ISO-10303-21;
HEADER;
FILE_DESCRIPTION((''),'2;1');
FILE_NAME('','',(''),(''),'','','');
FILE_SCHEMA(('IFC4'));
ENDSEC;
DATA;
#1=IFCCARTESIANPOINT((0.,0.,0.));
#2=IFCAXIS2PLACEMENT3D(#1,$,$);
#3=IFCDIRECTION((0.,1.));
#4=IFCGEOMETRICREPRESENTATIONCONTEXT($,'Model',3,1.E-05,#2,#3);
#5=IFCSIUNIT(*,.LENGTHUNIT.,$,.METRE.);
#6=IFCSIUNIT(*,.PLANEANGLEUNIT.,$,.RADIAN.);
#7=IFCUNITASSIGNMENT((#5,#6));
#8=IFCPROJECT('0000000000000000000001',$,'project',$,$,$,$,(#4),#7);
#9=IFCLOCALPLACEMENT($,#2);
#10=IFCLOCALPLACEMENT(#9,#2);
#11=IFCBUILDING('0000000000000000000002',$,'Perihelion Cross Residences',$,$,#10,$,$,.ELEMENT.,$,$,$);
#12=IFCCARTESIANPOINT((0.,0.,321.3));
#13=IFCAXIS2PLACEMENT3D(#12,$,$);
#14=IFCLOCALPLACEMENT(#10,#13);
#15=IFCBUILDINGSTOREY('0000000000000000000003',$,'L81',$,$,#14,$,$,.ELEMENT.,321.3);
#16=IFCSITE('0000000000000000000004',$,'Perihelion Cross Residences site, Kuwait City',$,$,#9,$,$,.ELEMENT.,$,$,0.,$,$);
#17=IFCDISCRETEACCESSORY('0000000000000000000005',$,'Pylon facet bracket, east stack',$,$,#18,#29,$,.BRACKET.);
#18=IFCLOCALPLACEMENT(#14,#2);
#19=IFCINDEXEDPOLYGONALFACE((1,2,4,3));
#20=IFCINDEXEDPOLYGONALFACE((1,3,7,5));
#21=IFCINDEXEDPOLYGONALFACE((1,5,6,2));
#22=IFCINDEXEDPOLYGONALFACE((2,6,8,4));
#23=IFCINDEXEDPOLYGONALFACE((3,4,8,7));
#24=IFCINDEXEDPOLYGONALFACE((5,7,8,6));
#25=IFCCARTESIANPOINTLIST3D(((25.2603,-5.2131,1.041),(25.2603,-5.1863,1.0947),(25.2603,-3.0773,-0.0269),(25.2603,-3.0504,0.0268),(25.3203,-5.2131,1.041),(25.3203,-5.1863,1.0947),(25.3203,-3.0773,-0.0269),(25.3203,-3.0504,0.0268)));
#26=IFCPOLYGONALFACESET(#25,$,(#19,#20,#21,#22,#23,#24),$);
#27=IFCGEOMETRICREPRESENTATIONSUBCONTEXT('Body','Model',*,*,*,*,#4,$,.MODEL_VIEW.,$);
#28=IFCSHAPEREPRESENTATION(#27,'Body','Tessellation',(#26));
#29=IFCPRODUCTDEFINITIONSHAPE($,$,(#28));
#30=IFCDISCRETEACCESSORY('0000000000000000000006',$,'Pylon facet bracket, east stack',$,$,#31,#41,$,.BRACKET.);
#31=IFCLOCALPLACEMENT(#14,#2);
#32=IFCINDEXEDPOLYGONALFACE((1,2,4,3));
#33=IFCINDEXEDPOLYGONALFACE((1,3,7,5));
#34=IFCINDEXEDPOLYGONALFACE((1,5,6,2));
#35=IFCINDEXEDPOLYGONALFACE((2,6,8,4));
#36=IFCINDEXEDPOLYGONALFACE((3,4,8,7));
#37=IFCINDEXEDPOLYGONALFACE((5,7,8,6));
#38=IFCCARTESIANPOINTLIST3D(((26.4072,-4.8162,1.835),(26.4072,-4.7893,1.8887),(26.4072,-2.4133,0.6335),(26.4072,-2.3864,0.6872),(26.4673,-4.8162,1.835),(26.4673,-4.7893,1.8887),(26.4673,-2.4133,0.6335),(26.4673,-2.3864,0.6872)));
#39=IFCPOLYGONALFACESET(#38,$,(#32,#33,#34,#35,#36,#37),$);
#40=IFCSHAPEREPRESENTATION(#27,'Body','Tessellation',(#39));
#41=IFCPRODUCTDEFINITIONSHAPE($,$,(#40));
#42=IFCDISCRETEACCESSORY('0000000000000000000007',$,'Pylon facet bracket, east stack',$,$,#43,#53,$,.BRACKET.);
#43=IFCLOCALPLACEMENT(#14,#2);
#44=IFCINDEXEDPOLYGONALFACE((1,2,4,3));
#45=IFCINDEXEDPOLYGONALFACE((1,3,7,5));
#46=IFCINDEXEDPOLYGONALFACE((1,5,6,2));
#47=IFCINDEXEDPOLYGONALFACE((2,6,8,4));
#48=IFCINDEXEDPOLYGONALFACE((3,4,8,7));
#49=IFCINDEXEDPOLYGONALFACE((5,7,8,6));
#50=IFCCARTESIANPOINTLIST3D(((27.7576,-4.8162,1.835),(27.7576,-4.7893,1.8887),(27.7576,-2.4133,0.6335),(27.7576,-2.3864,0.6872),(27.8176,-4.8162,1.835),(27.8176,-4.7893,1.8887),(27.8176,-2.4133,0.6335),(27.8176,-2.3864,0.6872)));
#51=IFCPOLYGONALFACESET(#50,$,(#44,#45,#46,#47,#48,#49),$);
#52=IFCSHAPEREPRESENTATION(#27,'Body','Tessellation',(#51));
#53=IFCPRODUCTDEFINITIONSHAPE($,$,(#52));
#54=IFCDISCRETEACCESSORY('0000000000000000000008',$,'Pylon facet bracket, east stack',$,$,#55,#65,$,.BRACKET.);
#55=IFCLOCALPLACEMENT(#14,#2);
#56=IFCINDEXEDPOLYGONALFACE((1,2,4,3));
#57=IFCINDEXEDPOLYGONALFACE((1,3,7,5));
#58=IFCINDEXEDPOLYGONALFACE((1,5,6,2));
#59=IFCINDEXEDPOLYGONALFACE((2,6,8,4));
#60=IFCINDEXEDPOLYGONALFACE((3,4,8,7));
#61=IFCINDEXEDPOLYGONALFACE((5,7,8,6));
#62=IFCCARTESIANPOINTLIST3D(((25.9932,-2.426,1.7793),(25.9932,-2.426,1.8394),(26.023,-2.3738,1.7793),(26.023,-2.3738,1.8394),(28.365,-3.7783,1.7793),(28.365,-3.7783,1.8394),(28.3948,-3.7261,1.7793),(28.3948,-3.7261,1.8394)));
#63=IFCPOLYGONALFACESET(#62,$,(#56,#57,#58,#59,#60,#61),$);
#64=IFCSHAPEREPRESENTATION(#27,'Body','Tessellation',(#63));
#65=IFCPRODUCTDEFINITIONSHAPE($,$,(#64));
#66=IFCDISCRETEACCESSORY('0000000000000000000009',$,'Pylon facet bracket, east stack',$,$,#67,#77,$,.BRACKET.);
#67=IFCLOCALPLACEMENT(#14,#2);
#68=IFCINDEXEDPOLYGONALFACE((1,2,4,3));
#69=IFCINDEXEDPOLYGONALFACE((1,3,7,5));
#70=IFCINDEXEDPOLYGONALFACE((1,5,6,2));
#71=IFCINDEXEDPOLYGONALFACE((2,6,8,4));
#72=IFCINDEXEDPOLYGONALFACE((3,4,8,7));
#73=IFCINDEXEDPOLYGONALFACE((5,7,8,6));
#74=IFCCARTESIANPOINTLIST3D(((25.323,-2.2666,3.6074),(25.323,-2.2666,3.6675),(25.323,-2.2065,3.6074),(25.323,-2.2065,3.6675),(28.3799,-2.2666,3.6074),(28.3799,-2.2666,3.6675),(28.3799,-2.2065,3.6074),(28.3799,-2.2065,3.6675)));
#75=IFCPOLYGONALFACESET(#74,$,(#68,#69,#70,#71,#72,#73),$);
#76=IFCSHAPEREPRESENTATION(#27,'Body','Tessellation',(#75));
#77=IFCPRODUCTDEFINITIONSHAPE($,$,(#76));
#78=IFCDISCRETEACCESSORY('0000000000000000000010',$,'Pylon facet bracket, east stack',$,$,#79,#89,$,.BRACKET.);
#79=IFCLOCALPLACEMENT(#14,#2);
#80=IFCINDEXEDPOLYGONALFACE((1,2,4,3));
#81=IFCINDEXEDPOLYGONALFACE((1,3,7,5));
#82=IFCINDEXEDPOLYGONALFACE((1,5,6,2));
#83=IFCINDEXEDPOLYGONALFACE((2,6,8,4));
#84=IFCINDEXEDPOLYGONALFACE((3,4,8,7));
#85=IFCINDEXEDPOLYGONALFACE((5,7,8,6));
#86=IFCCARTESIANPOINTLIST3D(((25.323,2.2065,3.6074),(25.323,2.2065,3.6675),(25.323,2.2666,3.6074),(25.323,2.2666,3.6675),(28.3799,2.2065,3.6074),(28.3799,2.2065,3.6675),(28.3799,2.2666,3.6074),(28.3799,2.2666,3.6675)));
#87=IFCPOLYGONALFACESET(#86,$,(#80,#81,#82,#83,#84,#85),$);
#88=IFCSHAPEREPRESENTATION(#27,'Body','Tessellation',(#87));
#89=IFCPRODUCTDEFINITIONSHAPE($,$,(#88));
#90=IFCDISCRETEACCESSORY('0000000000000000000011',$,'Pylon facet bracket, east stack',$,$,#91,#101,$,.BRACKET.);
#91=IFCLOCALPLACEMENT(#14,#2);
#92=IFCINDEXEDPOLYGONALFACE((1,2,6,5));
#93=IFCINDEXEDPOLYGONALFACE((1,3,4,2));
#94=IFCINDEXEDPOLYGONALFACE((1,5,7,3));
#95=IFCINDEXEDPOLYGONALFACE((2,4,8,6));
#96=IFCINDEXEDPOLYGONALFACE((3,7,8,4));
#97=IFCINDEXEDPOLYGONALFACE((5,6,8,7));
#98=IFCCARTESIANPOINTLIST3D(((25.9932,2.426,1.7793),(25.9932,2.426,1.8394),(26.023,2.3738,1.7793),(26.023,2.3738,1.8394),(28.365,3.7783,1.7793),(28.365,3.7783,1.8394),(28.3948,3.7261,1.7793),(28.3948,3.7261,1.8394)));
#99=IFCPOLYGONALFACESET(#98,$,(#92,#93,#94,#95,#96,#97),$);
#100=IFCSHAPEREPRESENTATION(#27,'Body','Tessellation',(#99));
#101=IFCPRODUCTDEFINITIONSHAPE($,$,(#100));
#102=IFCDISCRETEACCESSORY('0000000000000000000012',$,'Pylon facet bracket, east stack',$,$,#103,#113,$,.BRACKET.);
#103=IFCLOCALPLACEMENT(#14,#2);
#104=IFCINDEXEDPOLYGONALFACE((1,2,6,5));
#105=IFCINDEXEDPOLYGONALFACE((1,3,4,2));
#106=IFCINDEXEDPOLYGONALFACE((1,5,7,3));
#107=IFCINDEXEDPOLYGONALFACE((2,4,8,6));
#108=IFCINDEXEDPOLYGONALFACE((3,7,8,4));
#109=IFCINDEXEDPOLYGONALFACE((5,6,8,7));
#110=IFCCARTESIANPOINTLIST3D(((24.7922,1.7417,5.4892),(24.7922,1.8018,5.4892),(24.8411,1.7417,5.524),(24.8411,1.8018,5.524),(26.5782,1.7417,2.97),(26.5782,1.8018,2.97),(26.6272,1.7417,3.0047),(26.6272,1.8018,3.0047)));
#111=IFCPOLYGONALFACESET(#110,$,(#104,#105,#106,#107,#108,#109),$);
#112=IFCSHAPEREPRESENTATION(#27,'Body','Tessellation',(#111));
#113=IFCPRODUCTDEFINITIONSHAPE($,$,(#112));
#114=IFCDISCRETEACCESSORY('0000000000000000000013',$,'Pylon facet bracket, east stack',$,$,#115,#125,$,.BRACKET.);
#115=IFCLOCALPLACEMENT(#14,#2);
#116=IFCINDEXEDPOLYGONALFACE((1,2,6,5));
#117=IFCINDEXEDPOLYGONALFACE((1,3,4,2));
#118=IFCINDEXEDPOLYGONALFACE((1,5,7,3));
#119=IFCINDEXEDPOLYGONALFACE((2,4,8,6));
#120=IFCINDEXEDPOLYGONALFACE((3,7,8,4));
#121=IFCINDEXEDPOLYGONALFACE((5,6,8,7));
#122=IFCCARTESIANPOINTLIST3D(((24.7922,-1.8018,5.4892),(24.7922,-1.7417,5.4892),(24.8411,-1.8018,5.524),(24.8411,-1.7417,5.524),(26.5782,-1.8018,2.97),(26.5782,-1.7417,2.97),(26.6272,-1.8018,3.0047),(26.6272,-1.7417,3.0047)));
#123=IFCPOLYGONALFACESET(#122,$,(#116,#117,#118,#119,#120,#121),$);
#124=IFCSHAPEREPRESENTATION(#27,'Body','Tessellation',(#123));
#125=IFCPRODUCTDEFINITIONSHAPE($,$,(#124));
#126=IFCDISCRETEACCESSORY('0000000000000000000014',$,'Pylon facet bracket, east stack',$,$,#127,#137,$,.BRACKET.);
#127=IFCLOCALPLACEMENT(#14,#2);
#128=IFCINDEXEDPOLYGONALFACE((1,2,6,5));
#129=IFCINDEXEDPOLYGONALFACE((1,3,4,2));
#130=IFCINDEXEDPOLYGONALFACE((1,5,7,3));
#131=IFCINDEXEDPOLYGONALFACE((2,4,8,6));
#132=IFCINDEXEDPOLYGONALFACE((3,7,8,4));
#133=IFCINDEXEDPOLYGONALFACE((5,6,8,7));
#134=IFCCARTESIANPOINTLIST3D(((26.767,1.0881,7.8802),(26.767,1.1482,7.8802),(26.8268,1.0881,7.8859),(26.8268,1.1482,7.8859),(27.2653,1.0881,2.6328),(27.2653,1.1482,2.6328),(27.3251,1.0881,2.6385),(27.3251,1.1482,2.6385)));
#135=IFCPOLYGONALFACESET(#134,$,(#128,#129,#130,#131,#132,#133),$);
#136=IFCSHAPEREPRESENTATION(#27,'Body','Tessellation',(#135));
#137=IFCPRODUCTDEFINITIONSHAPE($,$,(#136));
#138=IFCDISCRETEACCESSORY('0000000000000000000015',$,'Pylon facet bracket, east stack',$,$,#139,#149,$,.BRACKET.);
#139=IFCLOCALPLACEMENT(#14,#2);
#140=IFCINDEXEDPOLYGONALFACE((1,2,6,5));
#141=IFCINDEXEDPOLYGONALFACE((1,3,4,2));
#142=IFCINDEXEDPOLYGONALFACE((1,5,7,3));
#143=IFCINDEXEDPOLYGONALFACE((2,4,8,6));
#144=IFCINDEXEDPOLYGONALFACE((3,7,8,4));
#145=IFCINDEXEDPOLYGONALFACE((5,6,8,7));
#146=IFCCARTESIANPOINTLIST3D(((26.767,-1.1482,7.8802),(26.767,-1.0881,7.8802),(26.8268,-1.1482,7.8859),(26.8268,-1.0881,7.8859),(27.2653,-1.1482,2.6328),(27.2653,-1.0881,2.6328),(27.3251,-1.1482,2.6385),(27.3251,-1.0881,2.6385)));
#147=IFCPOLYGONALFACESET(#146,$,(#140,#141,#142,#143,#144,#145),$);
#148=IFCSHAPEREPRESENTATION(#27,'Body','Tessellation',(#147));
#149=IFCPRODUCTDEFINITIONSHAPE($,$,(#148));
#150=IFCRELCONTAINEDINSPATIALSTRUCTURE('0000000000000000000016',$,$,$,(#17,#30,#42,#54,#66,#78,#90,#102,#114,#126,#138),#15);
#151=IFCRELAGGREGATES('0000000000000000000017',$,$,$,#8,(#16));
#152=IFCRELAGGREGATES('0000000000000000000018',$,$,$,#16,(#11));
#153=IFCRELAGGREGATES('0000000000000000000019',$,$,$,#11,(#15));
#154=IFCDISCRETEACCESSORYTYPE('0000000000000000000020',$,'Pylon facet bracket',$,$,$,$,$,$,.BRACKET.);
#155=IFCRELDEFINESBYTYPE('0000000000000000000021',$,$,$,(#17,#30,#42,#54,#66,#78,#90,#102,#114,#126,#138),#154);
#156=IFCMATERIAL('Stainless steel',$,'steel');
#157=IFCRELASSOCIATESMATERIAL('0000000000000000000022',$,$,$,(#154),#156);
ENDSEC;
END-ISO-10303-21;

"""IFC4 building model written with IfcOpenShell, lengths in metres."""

from ifc_helpers import new_model, si_unit, direction, frame, origin, origin_2d, place, context, subcontext, project, spatial, rectangle, extrude, material, material_profile, profile_set, type_object, element, save


model = new_model("IFC4")

# Units and contexts
model_context = context("Model", 3, precision=1e-05, world=origin(), true_north=direction((0.0, 1.0)))
body_context = subcontext(model_context, "Body", "Model", "MODEL_VIEW")
ifc_project = project(units=[si_unit("LENGTHUNIT", "METRE"), si_unit("PLANEANGLEUNIT", "RADIAN")], contexts=[model_context])

# Site, building, storey
site_placement = place(None, origin())
site = spatial("IfcSite", under=ifc_project, at=site_placement, Name="Perihelion Cross Residences site, Kuwait City", CompositionType="ELEMENT", RefElevation=0.0)
building_placement = place(site_placement, origin())
building = spatial("IfcBuilding", under=site, at=building_placement, Name="Perihelion Cross Residences", CompositionType="ELEMENT")
storey_placement = place(building_placement, frame((0.0, 0.0, 321.3)))
storey = spatial("IfcBuildingStorey", under=building, at=storey_placement, Name="L81", CompositionType="ELEMENT", Elevation=321.3)

# Discrete accessories
ifc_material_1 = material(Name="Stainless steel", Category="steel")
ifc_material_profile_1 = material_profile(ifc_material_1, rectangle(XDim=0.0601, YDim=0.0601, at=origin_2d()), Name="Pylon facet bracket")
ifc_profile_set_1 = profile_set([ifc_material_profile_1], Name="Stainless steel")
discrete_accessory_type_1 = type_object("IfcDiscreteAccessoryType", Name="Pylon facet bracket", PredefinedType="BRACKET", material=ifc_profile_set_1)
for number, where, z_axis, x_axis, name in (
    (1, (25.2903, -5.1997, 1.0679), (0.0, 0.894427, -0.447214), (-1.0, 0.0, 0.0), "Pylon facet bracket, east stack"),
):
    element("IfcDiscreteAccessory", number, at=place(storey_placement, frame(where, z_axis=z_axis, x_axis=x_axis)), inside=storey, type_object=discrete_accessory_type_1, Name=name, PredefinedType="BRACKET", context=body_context, shape_type="SweptSolid", body=[
        extrude(rectangle(XDim=0.0601, YDim=0.0601, at=origin_2d()), origin(), (0.0, 0.0, 1.0), 2.3879),
    ])
for number, where, z_axis, x_axis, name in (
    (2, (26.4373, -4.8027, 1.8618), (0.0, 0.894427, -0.447214), (-1.0, 0.0, 0.0), "Pylon facet bracket, east stack"),
    (3, (27.7876, -4.8027, 1.8618), (0.0, 0.894427, -0.447214), (-1.0, 0.0, 0.0), "Pylon facet bracket, east stack"),
):
    element("IfcDiscreteAccessory", number, at=place(storey_placement, frame(where, z_axis=z_axis, x_axis=x_axis)), inside=storey, type_object=discrete_accessory_type_1, Name=name, PredefinedType="BRACKET", context=body_context, shape_type="SweptSolid", body=[
        extrude(rectangle(XDim=0.0601, YDim=0.0601, at=origin_2d()), origin(), (0.0, 0.0, 1.0), 2.6865),
    ])
discrete_accessory_1_placement = place(storey_placement, frame((28.3799, -3.7522, 1.8093), z_axis=(-0.868721, 0.495301, 0.0), x_axis=(-0.495301, -0.868721, 0.0)))
element("IfcDiscreteAccessory", 4, at=discrete_accessory_1_placement, inside=storey, type_object=discrete_accessory_type_1, Name="Pylon facet bracket, east stack", PredefinedType="BRACKET", context=body_context, shape_type="SweptSolid", body=[
    extrude(rectangle(XDim=0.0601, YDim=0.0601, at=origin_2d()), origin(), (0.0, 0.0, 1.0), 2.7302),
])
for number, where, z_axis, x_axis, name in (
    (5, (28.3799, -2.2366, 3.6375), (-1.0, 0.0, 0.0), (0.0, -1.0, 0.0), "Pylon facet bracket, east stack"),
    (6, (28.3799, 2.2366, 3.6375), (-1.0, 0.0, 0.0), (0.0, -1.0, 0.0), "Pylon facet bracket, east stack"),
):
    element("IfcDiscreteAccessory", number, at=place(storey_placement, frame(where, z_axis=z_axis, x_axis=x_axis)), inside=storey, type_object=discrete_accessory_type_1, Name=name, PredefinedType="BRACKET", context=body_context, shape_type="SweptSolid", body=[
        extrude(rectangle(XDim=0.0601, YDim=0.0601, at=origin_2d()), origin(), (0.0, 0.0, 1.0), 3.0569),
    ])
discrete_accessory_2_placement = place(storey_placement, frame((28.3799, 3.7522, 1.8093), z_axis=(-0.868721, -0.495301, 0.0), x_axis=(0.495301, -0.868721, 0.0)))
element("IfcDiscreteAccessory", 7, at=discrete_accessory_2_placement, inside=storey, type_object=discrete_accessory_type_1, Name="Pylon facet bracket, east stack", PredefinedType="BRACKET", context=body_context, shape_type="SweptSolid", body=[
    extrude(rectangle(XDim=0.0601, YDim=0.0601, at=origin_2d()), origin(), (0.0, 0.0, 1.0), 2.7302),
])
for number, where, z_axis, x_axis, name in (
    (8, (24.8167, 1.7717, 5.5066), (0.57837, 0.0, -0.815774), (0.0, 1.0, 0.0), "Pylon facet bracket, east stack"),
    (9, (24.8167, -1.7717, 5.5066), (0.57837, 0.0, -0.815774), (0.0, 1.0, 0.0), "Pylon facet bracket, east stack"),
):
    element("IfcDiscreteAccessory", number, at=place(storey_placement, frame(where, z_axis=z_axis, x_axis=x_axis)), inside=storey, type_object=discrete_accessory_type_1, Name=name, PredefinedType="BRACKET", context=body_context, shape_type="SweptSolid", body=[
        extrude(rectangle(XDim=0.0601, YDim=0.0601, at=origin_2d()), origin(), (0.0, 0.0, 1.0), 3.0881),
    ])
for number, where, z_axis, x_axis, name in (
    (10, (26.7969, 1.1182, 7.8831), (0.094536, 0.0, -0.995521), (0.0, 1.0, 0.0), "Pylon facet bracket, east stack"),
    (11, (26.7969, -1.1182, 7.8831), (0.094536, 0.0, -0.995521), (0.0, 1.0, 0.0), "Pylon facet bracket, east stack"),
):
    element("IfcDiscreteAccessory", number, at=place(storey_placement, frame(where, z_axis=z_axis, x_axis=x_axis)), inside=storey, type_object=discrete_accessory_type_1, Name=name, PredefinedType="BRACKET", context=body_context, shape_type="SweptSolid", body=[
        extrude(rectangle(XDim=0.0601, YDim=0.0601, at=origin_2d()), origin(), (0.0, 0.0, 1.0), 5.271),
    ])

save(model, "model.ifc")
